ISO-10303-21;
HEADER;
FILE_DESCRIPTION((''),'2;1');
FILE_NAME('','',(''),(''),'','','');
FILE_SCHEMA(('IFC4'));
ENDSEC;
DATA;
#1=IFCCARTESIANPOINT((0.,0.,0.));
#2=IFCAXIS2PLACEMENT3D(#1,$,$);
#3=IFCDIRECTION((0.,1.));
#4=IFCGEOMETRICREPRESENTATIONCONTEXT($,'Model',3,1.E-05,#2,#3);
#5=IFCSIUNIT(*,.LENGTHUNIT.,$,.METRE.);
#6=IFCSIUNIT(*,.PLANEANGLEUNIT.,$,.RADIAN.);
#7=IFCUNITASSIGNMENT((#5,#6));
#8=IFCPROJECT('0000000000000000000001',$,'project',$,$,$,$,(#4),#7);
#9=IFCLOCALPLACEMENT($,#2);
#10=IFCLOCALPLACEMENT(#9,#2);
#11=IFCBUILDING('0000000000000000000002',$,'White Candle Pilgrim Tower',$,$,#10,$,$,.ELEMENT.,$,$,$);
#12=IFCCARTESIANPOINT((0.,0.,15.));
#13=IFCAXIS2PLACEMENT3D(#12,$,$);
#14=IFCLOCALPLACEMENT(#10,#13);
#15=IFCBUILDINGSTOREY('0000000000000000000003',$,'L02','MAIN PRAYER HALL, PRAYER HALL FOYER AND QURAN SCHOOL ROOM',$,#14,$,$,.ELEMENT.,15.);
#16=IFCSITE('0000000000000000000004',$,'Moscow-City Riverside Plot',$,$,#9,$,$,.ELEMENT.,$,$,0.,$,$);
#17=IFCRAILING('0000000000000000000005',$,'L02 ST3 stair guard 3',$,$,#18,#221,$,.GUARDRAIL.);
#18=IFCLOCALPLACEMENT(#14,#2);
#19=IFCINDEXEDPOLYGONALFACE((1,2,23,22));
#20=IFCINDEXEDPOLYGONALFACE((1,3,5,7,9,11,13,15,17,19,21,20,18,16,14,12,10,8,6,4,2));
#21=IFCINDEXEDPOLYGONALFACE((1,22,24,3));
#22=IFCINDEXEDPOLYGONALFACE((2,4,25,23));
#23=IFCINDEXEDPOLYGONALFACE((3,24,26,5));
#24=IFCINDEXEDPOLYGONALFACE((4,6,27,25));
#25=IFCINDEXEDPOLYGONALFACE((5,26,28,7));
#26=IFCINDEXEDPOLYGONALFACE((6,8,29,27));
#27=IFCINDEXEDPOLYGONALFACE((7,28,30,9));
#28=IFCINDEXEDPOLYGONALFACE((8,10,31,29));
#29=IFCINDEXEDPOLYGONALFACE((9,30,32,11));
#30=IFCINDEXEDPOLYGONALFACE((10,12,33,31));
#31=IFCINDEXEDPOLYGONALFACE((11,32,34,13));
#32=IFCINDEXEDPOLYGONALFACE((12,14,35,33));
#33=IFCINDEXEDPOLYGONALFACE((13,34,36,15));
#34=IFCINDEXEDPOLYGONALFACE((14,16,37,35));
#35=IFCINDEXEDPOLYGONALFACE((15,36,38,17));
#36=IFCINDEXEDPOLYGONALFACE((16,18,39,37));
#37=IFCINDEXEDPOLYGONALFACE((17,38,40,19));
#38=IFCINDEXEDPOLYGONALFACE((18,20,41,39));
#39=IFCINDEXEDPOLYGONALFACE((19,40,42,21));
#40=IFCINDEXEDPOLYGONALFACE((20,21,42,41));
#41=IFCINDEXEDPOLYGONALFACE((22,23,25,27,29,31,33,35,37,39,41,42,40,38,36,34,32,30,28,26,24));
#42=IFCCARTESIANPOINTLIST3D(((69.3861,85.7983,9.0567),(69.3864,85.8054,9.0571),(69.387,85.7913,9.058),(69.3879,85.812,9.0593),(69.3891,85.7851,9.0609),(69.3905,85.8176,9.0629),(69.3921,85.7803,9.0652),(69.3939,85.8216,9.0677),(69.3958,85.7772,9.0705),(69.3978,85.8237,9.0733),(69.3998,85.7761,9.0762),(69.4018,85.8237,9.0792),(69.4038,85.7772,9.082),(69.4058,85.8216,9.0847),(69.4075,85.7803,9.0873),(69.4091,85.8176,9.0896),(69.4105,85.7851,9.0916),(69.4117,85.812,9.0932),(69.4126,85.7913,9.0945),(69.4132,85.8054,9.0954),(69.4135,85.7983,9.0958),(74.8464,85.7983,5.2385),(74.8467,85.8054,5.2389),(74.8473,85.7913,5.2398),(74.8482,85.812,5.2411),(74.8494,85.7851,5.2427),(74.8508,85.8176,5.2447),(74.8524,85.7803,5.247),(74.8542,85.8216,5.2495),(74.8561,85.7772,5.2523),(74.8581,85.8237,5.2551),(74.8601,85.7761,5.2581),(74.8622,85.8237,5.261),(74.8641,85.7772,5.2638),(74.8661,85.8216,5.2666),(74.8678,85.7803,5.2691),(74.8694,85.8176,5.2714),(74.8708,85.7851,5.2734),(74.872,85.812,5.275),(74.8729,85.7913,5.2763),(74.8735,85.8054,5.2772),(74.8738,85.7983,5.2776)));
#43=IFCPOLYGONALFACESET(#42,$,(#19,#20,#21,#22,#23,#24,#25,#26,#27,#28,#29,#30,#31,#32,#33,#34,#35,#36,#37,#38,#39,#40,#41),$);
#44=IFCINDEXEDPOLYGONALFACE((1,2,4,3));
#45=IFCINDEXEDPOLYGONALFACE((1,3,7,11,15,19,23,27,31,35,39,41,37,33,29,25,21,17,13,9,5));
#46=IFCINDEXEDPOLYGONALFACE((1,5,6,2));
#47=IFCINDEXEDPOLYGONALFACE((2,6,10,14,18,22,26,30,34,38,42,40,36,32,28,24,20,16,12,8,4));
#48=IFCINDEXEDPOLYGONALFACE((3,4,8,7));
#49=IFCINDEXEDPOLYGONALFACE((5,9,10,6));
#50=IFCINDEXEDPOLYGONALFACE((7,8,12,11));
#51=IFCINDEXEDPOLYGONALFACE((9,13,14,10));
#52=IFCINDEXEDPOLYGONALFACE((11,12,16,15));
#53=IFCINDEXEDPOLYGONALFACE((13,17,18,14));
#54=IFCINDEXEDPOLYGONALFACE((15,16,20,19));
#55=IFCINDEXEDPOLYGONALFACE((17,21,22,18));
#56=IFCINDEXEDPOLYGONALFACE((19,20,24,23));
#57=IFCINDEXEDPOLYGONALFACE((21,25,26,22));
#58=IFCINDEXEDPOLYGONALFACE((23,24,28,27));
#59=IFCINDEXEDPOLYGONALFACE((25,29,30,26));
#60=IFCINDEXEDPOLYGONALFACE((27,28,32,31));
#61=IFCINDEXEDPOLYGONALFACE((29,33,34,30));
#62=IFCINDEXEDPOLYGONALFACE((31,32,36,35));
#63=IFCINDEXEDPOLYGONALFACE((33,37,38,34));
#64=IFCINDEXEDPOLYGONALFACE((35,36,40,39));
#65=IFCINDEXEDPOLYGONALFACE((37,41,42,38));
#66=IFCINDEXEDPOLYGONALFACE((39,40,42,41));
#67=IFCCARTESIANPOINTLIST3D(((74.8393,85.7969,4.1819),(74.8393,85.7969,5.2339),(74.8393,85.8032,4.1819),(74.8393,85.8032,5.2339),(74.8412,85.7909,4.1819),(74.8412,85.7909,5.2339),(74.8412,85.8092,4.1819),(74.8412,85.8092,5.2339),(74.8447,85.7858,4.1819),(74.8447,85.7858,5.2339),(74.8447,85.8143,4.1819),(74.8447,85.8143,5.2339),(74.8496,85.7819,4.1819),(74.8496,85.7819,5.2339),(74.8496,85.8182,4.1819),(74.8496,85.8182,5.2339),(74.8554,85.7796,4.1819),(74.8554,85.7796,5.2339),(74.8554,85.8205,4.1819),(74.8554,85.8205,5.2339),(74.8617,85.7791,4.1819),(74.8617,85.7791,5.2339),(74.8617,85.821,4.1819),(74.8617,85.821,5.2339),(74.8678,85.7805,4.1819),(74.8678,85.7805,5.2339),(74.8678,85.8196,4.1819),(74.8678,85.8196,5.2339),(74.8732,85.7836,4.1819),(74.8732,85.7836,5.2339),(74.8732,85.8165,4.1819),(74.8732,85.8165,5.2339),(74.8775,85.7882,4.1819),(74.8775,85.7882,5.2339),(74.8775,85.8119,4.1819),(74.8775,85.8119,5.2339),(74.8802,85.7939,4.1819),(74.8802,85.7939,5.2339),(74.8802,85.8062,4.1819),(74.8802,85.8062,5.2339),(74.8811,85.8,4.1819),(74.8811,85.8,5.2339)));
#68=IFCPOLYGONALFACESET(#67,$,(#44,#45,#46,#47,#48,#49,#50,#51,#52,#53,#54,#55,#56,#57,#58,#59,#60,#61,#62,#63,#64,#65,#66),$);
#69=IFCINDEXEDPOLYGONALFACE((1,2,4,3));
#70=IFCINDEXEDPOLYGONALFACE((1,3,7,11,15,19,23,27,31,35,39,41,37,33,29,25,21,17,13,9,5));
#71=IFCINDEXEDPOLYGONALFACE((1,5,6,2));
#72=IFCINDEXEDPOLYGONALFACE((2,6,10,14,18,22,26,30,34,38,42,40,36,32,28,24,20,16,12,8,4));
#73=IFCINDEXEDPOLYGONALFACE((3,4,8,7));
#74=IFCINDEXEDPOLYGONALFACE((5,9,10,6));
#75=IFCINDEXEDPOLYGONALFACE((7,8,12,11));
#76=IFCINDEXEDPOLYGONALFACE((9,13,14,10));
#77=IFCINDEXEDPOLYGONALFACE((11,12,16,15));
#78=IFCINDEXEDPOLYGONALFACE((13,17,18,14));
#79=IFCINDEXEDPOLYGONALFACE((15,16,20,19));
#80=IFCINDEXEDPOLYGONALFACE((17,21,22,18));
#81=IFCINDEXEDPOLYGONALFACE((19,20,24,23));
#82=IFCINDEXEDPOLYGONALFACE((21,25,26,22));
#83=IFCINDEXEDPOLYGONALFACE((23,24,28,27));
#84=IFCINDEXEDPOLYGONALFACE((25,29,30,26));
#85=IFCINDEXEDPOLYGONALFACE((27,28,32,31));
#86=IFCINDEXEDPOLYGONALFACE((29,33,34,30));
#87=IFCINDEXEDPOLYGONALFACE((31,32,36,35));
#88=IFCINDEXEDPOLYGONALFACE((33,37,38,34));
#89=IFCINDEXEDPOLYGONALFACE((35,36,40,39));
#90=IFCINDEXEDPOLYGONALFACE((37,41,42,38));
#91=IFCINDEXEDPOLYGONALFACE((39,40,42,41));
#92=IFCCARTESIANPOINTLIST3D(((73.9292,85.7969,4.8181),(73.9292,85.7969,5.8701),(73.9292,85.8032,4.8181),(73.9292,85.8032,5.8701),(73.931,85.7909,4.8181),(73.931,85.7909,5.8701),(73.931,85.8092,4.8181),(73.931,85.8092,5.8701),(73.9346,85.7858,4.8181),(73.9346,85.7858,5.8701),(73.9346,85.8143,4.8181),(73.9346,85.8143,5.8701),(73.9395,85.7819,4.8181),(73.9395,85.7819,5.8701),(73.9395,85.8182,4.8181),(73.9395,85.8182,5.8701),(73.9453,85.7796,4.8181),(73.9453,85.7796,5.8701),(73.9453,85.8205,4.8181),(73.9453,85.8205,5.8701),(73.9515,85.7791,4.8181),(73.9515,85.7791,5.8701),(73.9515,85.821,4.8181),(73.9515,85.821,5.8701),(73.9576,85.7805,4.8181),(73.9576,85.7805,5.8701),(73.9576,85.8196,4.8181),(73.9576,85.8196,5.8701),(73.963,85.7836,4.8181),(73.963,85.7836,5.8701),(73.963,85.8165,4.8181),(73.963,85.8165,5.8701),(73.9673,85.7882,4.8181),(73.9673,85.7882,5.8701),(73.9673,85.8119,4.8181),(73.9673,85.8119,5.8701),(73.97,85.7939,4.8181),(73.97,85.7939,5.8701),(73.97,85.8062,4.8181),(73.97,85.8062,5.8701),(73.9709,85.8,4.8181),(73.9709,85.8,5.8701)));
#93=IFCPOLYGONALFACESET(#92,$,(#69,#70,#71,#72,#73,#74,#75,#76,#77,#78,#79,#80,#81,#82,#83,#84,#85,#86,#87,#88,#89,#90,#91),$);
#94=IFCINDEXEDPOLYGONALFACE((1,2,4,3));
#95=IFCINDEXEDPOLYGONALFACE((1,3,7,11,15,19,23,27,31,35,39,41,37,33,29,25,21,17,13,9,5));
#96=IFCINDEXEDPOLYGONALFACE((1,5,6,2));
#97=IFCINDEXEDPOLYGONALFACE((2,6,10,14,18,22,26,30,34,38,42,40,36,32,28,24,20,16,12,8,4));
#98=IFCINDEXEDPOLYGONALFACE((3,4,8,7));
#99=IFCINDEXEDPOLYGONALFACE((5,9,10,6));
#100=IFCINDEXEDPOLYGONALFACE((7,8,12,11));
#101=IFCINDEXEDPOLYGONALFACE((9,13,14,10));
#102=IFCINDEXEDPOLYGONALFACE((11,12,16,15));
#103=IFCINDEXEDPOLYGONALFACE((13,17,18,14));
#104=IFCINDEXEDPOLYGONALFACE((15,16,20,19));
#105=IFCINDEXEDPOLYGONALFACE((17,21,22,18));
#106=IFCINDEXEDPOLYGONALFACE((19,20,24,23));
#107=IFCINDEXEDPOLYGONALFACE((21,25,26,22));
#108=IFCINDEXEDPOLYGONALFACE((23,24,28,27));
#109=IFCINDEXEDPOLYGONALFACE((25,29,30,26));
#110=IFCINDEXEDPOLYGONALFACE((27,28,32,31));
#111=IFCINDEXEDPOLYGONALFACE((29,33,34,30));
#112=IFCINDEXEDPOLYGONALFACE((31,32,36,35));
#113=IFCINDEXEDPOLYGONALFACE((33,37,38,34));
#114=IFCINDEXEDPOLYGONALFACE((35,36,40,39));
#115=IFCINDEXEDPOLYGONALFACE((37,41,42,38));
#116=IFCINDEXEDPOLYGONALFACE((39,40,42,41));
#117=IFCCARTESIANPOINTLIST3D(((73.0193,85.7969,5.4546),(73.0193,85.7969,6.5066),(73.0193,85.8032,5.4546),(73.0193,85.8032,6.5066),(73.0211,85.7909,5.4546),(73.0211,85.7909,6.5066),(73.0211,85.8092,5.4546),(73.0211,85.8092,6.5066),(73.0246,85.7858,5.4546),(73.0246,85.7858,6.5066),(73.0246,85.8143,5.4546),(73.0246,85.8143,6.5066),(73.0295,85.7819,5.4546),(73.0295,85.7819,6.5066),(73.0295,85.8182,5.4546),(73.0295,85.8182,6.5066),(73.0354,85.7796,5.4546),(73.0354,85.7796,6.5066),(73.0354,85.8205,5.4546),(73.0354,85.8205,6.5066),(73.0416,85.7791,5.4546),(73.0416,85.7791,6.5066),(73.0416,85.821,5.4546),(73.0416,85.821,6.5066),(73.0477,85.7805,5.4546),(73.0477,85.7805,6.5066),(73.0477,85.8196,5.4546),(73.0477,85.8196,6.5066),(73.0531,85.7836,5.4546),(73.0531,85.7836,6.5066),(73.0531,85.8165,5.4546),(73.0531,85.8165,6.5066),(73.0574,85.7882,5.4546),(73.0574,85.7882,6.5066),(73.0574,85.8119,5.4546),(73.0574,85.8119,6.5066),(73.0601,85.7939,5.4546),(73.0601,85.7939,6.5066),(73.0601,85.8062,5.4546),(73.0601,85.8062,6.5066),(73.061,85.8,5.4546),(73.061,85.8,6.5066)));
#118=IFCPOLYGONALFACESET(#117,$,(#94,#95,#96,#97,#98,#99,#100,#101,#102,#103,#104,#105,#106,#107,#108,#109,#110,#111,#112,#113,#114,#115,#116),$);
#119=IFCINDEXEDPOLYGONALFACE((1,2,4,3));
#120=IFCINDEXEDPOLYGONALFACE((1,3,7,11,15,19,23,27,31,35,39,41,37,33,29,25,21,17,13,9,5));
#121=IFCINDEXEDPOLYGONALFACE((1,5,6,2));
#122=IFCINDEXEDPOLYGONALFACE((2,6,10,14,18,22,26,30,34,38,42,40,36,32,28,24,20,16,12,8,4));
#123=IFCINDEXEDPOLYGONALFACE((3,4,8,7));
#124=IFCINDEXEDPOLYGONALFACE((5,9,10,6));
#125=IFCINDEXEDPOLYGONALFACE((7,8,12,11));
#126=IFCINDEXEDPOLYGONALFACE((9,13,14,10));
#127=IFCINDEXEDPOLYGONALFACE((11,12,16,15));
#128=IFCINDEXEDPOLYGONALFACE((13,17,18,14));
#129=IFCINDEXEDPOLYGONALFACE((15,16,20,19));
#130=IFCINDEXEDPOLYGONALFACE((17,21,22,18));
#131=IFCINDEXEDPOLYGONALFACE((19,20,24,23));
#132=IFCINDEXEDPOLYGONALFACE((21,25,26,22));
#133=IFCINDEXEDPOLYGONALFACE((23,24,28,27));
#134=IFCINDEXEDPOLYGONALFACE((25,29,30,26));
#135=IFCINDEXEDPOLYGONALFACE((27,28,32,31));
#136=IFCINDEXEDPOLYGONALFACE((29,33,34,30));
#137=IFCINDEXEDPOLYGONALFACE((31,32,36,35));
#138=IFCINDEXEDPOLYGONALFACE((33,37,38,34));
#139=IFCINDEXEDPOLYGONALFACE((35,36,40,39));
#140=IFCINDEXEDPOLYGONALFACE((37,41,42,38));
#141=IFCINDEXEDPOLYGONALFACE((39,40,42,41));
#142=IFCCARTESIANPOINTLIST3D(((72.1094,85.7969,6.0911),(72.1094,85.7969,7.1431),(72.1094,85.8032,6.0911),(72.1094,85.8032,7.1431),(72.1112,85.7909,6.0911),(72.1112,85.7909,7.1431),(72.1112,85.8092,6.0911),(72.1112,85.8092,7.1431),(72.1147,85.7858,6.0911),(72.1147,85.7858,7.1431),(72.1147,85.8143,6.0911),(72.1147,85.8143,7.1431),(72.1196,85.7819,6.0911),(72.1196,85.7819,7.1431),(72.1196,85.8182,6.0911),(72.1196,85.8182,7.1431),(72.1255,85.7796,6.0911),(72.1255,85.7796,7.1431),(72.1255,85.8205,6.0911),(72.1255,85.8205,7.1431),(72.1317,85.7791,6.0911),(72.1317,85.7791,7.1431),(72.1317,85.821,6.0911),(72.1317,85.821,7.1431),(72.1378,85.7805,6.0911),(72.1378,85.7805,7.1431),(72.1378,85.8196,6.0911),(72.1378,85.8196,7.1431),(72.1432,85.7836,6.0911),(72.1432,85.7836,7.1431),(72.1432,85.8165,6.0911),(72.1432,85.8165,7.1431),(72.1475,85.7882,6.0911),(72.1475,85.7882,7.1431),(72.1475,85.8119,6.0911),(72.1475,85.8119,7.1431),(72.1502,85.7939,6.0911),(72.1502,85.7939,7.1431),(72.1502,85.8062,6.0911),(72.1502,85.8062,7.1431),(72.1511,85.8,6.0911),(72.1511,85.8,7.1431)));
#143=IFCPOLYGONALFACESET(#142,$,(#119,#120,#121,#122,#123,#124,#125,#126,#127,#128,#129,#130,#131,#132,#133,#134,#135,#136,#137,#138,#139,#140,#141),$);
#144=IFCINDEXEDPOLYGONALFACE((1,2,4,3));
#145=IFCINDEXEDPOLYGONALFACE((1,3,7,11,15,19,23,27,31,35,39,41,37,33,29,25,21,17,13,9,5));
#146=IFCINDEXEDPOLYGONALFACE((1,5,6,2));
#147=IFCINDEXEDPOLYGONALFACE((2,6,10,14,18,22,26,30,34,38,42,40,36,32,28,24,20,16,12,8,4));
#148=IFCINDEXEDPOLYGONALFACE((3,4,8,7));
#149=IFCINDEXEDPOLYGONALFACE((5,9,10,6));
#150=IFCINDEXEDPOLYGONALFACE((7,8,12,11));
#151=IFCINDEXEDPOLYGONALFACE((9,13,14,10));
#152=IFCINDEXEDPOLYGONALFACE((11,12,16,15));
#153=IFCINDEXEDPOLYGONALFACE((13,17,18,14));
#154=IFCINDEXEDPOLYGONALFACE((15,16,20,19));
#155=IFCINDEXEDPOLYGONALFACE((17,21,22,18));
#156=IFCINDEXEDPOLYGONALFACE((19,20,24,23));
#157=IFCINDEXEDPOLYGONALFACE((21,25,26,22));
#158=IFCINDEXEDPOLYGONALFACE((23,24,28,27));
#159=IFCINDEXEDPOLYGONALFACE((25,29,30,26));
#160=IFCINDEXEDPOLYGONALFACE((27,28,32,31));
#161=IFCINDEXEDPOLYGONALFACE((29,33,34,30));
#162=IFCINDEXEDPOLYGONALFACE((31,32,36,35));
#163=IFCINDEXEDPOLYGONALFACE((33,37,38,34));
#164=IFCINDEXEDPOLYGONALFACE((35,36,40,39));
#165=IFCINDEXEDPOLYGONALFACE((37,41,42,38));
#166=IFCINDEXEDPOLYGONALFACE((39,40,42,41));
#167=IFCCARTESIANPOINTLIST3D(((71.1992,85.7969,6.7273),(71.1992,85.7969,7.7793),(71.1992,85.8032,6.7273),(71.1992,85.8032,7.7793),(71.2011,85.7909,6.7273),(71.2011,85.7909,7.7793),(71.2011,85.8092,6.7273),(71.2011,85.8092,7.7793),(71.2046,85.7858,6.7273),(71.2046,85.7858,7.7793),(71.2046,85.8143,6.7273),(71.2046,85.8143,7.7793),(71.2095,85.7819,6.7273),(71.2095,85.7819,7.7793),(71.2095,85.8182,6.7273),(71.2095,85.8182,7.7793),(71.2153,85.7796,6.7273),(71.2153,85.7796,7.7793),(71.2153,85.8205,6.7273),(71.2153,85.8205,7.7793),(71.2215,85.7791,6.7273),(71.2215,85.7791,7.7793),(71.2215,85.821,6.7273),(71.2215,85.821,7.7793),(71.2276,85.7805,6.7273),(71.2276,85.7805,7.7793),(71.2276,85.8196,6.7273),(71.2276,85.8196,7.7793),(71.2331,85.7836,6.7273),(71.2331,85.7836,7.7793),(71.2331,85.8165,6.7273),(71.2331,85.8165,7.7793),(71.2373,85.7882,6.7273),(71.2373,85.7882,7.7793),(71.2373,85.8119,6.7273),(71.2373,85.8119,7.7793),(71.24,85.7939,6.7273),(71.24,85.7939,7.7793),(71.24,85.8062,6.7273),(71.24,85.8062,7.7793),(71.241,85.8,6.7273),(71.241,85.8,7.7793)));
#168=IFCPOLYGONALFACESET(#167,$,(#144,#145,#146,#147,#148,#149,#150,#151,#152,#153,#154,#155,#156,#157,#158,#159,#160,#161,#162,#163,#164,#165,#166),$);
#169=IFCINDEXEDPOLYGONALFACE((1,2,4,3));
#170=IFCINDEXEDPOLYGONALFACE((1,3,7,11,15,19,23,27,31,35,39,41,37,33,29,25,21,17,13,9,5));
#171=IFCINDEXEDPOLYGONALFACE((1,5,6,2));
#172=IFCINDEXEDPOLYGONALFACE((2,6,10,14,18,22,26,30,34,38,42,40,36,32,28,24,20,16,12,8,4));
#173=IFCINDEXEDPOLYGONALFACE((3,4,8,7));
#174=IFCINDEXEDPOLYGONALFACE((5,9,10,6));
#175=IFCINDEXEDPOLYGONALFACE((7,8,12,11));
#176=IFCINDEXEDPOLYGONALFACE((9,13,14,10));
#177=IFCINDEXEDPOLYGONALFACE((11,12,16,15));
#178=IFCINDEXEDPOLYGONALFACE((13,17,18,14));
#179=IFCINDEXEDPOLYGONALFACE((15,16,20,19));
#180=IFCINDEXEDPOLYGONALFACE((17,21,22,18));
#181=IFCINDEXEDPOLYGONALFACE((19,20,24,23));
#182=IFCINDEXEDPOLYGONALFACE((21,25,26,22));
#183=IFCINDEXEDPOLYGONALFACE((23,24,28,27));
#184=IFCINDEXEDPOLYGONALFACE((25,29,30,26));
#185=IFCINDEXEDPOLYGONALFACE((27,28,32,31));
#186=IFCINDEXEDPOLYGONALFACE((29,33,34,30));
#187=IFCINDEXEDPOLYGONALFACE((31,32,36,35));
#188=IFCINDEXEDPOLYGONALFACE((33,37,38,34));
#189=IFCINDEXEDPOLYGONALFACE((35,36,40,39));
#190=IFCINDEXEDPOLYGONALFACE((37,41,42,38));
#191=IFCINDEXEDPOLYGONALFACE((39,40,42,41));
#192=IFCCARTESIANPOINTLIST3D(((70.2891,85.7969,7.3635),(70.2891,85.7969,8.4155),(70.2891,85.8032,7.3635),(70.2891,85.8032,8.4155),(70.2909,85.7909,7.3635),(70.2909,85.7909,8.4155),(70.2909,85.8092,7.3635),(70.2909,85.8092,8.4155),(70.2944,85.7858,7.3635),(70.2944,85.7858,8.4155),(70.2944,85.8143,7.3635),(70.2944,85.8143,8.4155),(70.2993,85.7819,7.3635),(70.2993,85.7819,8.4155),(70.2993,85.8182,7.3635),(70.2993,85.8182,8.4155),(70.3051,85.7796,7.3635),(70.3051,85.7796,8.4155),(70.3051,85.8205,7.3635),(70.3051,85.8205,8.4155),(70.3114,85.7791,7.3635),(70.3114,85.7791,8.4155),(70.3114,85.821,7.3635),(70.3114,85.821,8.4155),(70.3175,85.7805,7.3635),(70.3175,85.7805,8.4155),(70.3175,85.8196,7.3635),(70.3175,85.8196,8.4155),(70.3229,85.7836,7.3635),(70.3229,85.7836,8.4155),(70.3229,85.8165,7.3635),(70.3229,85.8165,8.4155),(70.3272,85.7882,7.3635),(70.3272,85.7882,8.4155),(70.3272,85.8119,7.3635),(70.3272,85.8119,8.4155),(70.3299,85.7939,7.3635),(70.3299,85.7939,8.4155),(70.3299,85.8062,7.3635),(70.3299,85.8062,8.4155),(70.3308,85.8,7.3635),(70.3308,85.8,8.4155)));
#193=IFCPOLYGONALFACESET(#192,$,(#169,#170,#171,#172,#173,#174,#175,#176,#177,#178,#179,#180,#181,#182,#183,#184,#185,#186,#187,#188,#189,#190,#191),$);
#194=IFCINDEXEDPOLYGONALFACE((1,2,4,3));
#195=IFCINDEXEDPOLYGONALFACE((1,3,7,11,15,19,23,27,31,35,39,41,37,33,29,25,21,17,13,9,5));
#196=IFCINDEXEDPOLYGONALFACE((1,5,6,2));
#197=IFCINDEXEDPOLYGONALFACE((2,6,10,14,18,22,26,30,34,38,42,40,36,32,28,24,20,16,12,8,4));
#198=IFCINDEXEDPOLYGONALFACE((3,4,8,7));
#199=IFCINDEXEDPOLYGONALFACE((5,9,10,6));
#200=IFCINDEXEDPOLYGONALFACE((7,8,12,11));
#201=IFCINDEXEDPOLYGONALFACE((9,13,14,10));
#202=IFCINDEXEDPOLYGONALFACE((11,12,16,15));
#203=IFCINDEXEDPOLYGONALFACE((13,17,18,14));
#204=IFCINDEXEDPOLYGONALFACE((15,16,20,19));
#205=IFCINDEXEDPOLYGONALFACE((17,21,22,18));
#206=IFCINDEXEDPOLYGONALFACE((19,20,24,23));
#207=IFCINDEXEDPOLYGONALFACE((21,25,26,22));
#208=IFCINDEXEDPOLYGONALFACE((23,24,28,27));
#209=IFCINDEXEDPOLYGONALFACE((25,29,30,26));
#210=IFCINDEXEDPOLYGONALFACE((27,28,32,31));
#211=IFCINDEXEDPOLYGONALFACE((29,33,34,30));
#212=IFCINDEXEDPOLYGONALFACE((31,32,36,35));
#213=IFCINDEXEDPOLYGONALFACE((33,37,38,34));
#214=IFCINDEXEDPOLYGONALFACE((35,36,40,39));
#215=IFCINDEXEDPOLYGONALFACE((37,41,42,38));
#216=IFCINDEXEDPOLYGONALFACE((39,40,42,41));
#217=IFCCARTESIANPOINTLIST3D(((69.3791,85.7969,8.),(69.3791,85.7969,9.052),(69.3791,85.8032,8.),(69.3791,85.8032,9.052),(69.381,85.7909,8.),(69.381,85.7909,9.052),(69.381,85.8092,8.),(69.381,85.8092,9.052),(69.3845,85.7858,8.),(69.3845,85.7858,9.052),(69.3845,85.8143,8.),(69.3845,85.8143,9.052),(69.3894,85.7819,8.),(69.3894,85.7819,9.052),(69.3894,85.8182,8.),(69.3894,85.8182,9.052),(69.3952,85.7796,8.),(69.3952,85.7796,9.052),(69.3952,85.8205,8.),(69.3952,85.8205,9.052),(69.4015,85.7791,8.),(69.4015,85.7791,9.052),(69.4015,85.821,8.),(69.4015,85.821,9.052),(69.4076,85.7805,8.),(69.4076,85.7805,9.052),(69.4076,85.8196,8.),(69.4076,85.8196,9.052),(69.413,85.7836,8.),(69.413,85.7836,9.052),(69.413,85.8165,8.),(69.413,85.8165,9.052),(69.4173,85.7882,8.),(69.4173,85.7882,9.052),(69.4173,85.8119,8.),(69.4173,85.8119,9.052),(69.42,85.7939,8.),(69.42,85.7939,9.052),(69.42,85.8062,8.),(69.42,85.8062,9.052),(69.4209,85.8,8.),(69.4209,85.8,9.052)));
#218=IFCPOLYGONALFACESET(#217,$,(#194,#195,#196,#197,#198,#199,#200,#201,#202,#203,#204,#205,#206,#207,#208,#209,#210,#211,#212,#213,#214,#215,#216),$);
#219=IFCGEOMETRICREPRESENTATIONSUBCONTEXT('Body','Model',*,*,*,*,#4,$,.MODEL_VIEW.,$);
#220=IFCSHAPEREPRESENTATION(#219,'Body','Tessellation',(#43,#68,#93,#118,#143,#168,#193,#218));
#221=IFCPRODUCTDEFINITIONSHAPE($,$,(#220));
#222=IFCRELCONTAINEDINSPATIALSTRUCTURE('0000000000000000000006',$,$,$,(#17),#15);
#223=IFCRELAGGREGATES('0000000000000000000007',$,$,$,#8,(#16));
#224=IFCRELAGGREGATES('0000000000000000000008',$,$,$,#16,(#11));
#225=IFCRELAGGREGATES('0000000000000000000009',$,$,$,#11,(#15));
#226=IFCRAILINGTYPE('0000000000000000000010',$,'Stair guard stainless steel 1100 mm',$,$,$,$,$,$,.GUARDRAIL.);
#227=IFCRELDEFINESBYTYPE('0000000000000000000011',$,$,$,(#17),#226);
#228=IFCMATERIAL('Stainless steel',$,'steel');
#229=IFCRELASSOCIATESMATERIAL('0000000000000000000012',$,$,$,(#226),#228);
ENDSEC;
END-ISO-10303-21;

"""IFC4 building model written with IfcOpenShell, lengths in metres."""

from ifc_helpers import new_model, si_unit, direction, frame, origin, origin_2d, place, context, subcontext, project, spatial, circle, extrude, material, type_object, element, save


model = new_model("IFC4")

# Units and contexts
model_context = context("Model", 3, precision=1e-05, world=origin(), true_north=direction((0.0, 1.0)))
body_context = subcontext(model_context, "Body", "Model", "MODEL_VIEW")
ifc_project = project(units=[si_unit("LENGTHUNIT", "METRE"), si_unit("PLANEANGLEUNIT", "RADIAN")], contexts=[model_context])

# Site, building, storey
site_placement = place(None, origin())
site = spatial("IfcSite", under=ifc_project, at=site_placement, Name="Moscow-City Riverside Plot", CompositionType="ELEMENT", RefElevation=0.0)
building_placement = place(site_placement, origin())
building = spatial("IfcBuilding", under=site, at=building_placement, Name="White Candle Pilgrim Tower", CompositionType="ELEMENT")
storey_placement = place(building_placement, frame((0.0, 0.0, 15.0)))
storey = spatial("IfcBuildingStorey", under=building, at=storey_placement, Name="L02", Description="MAIN PRAYER HALL, PRAYER HALL FOYER AND QURAN SCHOOL ROOM", CompositionType="ELEMENT", Elevation=15.0)

# Railing
ifc_material_1 = material(Name="Stainless steel", Category="steel")
railing_type_1 = type_object("IfcRailingType", Name="Stair guard stainless steel 1100 mm", PredefinedType="GUARDRAIL", material=ifc_material_1)
railing_1_placement = place(storey_placement, frame((74.8601, 85.8, 4.1819)))
element("IfcRailing", 1, at=railing_1_placement, inside=storey, type_object=railing_type_1, Name="L02 ST3 stair guard 3", PredefinedType="GUARDRAIL", context=body_context, shape_type="SweptSolid", body=[
    extrude(circle(Radius=0.0239, at=origin_2d()), frame((0.0, 0.0, 1.0762), z_axis=(-0.819516, 0.0, 0.573056), x_axis=(0.0, -1.0, 0.0)), (0.0, 0.0, 1.0), 6.6628),
    extrude(circle(Radius=0.021, at=origin_2d()), origin(), (0.0, 0.0, 1.0), 1.052),
    extrude(circle(Radius=0.021, at=origin_2d()), frame((-0.9102, 0.0, 0.6362)), (0.0, 0.0, 1.0), 1.052),
    extrude(circle(Radius=0.021, at=origin_2d()), frame((-1.8201, 0.0, 1.2727)), (0.0, 0.0, 1.0), 1.052),
    extrude(circle(Radius=0.021, at=origin_2d()), frame((-2.73, 0.0, 1.9092)), (0.0, 0.0, 1.0), 1.052),
    extrude(circle(Radius=0.021, at=origin_2d()), frame((-3.6401, 0.0, 2.5454)), (0.0, 0.0, 1.0), 1.052),
    extrude(circle(Radius=0.021, at=origin_2d()), frame((-4.5503, 0.0, 3.1816)), (0.0, 0.0, 1.0), 1.052),
    extrude(circle(Radius=0.021, at=origin_2d()), frame((-5.4602, 0.0, 3.8181)), (0.0, 0.0, 1.0), 1.052),
])

save(model, "model.ifc")
